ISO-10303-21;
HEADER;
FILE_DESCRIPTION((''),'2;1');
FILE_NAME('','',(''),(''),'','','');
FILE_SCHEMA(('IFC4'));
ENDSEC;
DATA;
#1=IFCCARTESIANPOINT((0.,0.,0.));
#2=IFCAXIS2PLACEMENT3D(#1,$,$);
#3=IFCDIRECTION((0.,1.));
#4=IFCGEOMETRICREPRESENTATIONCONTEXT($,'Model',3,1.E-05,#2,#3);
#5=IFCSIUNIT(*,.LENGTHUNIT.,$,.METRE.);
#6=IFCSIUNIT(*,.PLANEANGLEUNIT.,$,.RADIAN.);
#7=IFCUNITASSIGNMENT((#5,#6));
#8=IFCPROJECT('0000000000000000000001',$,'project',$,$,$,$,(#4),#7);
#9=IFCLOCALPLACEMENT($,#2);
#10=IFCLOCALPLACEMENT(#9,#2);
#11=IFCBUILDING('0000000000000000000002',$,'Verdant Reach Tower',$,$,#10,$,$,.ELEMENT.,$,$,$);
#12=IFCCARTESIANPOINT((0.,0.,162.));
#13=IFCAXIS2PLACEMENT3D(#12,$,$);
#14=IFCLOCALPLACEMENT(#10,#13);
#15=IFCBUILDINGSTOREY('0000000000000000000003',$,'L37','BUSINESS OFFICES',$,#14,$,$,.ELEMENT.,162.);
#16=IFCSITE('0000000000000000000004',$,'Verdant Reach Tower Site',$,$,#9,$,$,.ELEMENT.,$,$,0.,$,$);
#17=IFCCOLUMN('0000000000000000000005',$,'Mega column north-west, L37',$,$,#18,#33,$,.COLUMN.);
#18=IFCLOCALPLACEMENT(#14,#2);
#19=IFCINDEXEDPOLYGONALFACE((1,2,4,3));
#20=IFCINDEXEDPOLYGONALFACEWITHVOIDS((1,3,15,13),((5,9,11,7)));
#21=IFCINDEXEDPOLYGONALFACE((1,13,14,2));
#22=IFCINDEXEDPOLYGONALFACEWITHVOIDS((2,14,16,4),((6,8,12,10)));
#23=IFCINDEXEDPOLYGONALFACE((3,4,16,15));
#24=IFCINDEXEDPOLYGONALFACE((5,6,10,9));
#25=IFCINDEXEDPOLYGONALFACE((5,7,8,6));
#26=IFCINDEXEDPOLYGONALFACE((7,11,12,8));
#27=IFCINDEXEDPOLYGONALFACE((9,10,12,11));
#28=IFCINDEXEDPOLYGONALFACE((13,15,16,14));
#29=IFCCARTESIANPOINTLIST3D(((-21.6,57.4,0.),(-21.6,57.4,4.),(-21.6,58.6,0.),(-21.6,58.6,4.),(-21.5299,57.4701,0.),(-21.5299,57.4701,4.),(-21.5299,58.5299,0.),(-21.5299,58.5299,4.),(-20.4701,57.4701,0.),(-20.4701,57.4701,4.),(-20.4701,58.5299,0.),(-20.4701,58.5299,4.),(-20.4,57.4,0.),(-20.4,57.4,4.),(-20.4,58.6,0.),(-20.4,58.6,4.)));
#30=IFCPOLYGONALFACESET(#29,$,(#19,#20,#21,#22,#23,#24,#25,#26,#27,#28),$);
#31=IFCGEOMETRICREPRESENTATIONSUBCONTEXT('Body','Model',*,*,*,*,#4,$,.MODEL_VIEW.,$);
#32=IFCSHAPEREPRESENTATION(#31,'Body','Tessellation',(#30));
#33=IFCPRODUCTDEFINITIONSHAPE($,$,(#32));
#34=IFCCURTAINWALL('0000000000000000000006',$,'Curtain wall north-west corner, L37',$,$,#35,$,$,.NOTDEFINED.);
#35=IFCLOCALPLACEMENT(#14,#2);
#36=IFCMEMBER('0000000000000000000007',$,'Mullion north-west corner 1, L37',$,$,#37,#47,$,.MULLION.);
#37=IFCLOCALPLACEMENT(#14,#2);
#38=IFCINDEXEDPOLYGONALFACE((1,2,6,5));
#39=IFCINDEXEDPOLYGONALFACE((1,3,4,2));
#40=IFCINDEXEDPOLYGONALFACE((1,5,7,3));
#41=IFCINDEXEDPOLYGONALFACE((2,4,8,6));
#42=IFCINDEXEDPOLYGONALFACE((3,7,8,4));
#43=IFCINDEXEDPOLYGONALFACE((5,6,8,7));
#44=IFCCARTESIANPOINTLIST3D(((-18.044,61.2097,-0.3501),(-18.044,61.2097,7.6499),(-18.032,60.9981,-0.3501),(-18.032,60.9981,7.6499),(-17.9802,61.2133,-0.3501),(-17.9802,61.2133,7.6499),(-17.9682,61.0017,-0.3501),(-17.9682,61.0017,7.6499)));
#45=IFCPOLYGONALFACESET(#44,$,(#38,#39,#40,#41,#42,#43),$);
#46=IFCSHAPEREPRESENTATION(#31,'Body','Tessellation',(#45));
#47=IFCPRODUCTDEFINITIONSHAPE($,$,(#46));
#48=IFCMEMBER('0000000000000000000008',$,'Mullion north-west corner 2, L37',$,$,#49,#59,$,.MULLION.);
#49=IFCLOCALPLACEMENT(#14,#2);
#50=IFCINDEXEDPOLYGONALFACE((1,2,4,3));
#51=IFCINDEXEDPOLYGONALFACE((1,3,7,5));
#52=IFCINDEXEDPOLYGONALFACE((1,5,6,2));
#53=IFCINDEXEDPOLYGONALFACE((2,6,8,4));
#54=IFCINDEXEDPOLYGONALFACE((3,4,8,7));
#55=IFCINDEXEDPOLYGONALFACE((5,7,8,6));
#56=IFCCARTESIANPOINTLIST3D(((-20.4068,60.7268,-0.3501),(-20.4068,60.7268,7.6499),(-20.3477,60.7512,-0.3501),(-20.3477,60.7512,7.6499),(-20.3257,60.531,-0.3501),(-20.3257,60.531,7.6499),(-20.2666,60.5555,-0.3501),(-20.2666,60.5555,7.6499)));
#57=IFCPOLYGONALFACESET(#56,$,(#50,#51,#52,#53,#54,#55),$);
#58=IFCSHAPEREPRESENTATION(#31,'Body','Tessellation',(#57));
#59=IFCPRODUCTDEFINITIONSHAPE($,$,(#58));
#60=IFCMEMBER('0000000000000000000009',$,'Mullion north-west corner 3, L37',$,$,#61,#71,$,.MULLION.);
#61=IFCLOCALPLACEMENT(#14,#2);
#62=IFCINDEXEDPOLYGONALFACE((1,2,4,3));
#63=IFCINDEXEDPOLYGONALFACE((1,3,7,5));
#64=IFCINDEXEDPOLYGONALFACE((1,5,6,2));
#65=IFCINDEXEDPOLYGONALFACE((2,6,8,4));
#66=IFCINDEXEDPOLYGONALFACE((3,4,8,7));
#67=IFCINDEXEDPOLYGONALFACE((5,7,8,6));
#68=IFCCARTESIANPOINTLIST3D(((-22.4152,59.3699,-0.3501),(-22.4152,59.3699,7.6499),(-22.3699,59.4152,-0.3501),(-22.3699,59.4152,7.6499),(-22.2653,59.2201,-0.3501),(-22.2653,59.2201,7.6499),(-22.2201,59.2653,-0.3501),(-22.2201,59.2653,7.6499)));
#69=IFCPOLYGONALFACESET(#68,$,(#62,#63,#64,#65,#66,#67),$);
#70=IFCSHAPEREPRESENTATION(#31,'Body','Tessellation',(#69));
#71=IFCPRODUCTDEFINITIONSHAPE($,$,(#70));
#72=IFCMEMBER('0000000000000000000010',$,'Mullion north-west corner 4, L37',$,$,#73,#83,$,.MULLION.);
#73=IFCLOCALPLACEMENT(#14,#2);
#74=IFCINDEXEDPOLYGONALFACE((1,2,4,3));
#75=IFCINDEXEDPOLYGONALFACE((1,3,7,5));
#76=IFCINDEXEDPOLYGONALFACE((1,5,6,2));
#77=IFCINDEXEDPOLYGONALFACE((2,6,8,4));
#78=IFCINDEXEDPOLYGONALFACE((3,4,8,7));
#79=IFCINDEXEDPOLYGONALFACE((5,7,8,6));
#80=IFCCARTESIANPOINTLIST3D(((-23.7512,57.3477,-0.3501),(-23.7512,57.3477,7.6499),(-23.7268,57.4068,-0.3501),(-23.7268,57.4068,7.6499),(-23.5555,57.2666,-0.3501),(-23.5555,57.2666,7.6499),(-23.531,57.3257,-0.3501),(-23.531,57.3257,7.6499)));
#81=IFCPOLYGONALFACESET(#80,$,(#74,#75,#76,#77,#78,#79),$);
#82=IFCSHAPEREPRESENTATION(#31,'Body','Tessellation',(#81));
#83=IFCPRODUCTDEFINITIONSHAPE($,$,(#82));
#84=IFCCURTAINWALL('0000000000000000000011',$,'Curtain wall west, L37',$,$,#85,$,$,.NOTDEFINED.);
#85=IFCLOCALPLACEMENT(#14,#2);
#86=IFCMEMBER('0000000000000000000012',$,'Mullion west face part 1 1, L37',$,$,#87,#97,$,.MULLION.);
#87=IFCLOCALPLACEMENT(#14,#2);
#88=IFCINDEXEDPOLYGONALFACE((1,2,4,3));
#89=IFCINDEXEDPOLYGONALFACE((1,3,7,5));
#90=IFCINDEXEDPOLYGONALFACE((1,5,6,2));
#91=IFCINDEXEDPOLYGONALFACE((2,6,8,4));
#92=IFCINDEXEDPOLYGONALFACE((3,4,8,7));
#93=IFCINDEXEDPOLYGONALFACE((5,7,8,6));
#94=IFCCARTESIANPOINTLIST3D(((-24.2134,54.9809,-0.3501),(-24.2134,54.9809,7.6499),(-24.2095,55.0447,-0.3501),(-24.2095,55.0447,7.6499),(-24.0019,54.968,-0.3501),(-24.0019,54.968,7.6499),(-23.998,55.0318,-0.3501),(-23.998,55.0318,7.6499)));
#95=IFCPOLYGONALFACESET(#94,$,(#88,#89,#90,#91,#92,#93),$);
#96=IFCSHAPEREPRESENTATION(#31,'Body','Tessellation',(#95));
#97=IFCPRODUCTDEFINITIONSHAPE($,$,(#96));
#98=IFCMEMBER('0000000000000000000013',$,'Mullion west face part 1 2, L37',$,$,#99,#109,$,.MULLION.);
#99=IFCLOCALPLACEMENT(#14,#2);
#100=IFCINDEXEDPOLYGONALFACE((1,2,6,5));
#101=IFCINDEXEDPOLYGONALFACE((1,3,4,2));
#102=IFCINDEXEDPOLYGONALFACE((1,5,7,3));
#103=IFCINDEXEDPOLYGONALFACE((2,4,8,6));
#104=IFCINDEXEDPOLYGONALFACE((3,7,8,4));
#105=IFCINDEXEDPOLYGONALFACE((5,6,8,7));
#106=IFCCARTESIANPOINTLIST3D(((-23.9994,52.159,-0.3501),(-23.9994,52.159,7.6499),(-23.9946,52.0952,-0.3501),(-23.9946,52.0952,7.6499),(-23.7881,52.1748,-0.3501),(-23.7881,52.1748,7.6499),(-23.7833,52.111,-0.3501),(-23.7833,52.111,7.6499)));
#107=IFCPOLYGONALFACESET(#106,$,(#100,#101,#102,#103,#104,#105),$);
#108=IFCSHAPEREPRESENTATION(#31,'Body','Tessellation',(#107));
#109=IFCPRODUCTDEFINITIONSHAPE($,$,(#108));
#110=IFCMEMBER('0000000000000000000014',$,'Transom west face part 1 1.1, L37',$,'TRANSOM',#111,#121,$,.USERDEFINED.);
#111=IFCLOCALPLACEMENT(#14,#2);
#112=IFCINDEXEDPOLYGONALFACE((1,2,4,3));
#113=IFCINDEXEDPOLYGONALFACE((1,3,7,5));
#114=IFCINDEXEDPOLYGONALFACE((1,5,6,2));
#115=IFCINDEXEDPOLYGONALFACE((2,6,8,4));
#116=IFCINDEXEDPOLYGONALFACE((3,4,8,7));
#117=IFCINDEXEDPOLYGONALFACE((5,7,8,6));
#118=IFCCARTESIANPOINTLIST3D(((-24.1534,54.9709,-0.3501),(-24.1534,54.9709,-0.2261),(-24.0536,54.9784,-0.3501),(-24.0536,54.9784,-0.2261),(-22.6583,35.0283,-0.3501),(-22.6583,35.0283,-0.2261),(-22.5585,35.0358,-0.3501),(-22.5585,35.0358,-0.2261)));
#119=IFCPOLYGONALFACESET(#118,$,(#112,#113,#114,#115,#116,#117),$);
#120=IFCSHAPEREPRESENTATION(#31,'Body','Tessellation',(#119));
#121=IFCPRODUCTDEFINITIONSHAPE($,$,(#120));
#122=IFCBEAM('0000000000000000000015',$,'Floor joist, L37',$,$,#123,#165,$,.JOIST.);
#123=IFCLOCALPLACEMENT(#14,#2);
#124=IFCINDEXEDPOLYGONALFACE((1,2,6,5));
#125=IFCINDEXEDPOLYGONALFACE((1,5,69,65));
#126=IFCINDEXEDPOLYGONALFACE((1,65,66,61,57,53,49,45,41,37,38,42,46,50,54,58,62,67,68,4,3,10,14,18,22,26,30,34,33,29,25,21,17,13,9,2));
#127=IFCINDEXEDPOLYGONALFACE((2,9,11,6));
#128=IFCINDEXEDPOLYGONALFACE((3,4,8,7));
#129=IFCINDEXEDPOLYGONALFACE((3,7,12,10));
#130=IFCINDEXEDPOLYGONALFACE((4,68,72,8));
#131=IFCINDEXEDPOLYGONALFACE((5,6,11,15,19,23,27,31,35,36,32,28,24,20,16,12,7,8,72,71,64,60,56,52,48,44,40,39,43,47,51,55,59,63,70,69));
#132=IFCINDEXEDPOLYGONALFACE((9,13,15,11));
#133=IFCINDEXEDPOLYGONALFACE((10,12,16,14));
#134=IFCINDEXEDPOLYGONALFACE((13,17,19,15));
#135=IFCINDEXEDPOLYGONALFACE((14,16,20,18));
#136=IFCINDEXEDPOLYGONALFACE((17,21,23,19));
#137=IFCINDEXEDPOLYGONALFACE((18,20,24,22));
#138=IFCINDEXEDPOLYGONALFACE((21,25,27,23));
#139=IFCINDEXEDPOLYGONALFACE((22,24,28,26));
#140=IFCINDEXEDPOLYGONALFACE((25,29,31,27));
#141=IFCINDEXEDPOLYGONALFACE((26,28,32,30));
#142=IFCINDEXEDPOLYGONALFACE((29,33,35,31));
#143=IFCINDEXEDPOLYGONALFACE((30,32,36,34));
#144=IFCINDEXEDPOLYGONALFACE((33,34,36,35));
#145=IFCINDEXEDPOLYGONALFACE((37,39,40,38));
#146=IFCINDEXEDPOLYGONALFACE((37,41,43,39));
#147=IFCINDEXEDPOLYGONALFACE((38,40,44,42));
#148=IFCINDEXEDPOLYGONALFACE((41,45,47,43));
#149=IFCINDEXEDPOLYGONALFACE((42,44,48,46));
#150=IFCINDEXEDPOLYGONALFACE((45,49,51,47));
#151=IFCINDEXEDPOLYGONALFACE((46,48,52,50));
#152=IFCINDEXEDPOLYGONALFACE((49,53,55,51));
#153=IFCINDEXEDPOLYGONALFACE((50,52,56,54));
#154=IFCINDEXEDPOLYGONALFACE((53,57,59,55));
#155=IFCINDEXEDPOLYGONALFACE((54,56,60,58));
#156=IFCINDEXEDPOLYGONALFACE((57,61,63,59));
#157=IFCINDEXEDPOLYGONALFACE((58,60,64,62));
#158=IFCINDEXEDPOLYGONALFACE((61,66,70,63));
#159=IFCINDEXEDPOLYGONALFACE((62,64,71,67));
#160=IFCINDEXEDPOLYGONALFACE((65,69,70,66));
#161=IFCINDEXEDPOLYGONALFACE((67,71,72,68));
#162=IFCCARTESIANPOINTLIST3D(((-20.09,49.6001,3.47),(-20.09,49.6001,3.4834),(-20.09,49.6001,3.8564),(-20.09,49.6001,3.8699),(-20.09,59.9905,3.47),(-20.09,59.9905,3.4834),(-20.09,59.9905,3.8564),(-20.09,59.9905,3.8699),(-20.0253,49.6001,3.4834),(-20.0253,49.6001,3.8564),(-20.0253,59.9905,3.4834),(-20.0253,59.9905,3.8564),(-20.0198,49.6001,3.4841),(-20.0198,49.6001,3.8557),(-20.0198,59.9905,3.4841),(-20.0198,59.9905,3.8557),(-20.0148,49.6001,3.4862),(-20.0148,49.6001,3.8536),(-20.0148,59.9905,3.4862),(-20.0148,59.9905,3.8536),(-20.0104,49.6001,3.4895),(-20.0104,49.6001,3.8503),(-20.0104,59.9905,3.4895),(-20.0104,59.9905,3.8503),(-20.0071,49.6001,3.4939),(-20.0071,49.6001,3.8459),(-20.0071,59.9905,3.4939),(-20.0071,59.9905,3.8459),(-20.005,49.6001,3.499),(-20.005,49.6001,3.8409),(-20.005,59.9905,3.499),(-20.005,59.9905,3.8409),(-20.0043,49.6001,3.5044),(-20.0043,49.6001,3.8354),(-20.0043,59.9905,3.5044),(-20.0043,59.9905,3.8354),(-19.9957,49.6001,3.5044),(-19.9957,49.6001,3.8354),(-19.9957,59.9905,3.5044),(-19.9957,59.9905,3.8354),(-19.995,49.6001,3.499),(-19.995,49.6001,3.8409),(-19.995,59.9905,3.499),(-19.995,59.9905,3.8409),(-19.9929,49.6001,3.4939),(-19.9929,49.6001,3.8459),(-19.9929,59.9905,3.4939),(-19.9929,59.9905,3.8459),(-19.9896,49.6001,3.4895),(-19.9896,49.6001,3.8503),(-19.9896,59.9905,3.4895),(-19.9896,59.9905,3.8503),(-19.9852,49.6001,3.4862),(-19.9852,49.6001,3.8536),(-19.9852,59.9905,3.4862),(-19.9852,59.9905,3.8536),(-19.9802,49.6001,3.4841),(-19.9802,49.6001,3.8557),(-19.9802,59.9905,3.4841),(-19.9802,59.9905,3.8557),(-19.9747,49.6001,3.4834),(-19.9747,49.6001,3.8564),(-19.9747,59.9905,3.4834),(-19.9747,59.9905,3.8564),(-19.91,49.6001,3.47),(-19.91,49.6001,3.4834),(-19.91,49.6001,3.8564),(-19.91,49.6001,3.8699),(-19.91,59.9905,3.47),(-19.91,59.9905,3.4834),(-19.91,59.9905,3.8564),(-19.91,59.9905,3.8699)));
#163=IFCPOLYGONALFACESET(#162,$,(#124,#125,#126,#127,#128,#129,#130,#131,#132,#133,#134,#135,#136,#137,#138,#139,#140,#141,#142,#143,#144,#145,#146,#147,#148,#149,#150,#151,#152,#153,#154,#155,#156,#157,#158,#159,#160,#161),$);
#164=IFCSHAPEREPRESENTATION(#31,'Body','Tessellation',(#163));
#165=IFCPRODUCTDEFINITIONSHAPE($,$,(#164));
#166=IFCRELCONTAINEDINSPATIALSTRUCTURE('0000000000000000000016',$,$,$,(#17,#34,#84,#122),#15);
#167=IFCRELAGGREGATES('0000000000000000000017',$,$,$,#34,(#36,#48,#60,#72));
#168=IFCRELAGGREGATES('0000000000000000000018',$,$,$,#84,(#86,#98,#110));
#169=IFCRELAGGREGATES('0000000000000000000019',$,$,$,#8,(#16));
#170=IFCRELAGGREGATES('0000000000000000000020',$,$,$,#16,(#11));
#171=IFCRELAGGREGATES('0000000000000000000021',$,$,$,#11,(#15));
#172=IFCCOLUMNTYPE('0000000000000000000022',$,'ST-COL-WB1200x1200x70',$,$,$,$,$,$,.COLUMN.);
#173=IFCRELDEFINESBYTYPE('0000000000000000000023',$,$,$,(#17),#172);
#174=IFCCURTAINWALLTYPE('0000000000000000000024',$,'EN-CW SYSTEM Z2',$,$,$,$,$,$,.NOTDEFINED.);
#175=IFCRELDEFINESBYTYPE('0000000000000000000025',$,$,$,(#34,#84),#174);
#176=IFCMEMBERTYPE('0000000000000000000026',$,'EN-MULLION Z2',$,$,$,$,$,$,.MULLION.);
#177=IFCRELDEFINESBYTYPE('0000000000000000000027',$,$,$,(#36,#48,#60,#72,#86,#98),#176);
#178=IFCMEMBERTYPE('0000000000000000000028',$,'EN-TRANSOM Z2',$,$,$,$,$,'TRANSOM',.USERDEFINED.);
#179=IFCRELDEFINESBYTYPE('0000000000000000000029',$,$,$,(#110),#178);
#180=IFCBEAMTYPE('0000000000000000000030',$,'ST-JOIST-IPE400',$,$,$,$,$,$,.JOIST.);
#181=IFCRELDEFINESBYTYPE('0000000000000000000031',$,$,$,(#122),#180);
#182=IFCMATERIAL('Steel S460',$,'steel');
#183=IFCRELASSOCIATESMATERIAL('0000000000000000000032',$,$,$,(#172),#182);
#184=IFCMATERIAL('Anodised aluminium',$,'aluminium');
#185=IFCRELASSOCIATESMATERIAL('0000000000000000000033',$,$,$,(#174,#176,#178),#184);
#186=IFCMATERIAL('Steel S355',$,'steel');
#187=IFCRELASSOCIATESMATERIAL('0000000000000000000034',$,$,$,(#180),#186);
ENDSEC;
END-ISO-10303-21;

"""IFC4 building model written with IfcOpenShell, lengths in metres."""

from ifc_helpers import new_model, si_unit, direction, frame, origin, origin_2d, place, context, subcontext, project, spatial, rectangle, hollow_rectangle, i_section, extrude, material, material_profile, profile_set, type_object, element, aggregate, save


model = new_model("IFC4")

# Units and contexts
model_context = context("Model", 3, precision=1e-05, world=origin(), true_north=direction((0.0, 1.0)))
body_context = subcontext(model_context, "Body", "Model", "MODEL_VIEW")
ifc_project = project(units=[si_unit("LENGTHUNIT", "METRE"), si_unit("PLANEANGLEUNIT", "RADIAN")], contexts=[model_context])

# Site, building, storey
site_placement = place(None, origin())
site = spatial("IfcSite", under=ifc_project, at=site_placement, Name="Verdant Reach Tower Site", CompositionType="ELEMENT", RefElevation=0.0)
building_placement = place(site_placement, origin())
building = spatial("IfcBuilding", under=site, at=building_placement, Name="Verdant Reach Tower", CompositionType="ELEMENT")
storey_placement = place(building_placement, frame((0.0, 0.0, 162.0)))
storey = spatial("IfcBuildingStorey", under=building, at=storey_placement, Name="L37", Description="BUSINESS OFFICES", CompositionType="ELEMENT", Elevation=162.0)

# Column
ifc_material_1 = material(Name="Steel S460", Category="steel")
ifc_material_profile_1 = material_profile(ifc_material_1, hollow_rectangle(XDim=1.2, YDim=1.2, WallThickness=0.0701, at=origin_2d()), Name="WB 1200x1200x70")
ifc_profile_set_1 = profile_set([ifc_material_profile_1], Name="Steel S460")
column_type = type_object("IfcColumnType", Name="ST-COL-WB1200x1200x70", PredefinedType="COLUMN", material=ifc_profile_set_1)
column_placement = place(storey_placement, frame((-21.0, 58.0, 0.0), z_axis=(0.0, 0.0, 1.0), x_axis=(1.0, 0.0, 0.0)))
element("IfcColumn", 1, at=column_placement, inside=storey, type_object=column_type, Name="Mega column north-west, L37", PredefinedType="COLUMN", context=body_context, shape_type="SweptSolid", body=[
    extrude(hollow_rectangle(XDim=1.2, YDim=1.2, WallThickness=0.0701, at=origin_2d()), origin(), (0.0, 0.0, 1.0), 4.0),
])

# Curtain walls, members
ifc_material_2 = material(Name="Anodised aluminium", Category="aluminium")
curtain_wall_type = type_object("IfcCurtainWallType", Name="EN-CW SYSTEM Z2", PredefinedType="NOTDEFINED", material=ifc_material_2)
curtain_wall_1_placement = place(storey_placement, origin())
curtain_wall_1 = element("IfcCurtainWall", 2, at=curtain_wall_1_placement, inside=storey, type_object=curtain_wall_type, Name="Curtain wall north-west corner, L37", PredefinedType="NOTDEFINED")
ifc_material_profile_2 = material_profile(ifc_material_2, rectangle(XDim=0.2119, YDim=0.064, at=origin_2d()), Name="Mullion 64x212")
ifc_profile_set_2 = profile_set([ifc_material_profile_2], Name="Anodised aluminium")
member_type_1 = type_object("IfcMemberType", Name="EN-MULLION Z2", PredefinedType="MULLION", material=ifc_profile_set_2)
member_1_placement = place(storey_placement, frame((-18.0061, 61.1057, -0.3501), z_axis=(0.0, 0.0, 1.0), x_axis=(-0.056569, 0.998399, 0.0)))
member_1 = element("IfcMember", 3, at=member_1_placement, type_object=member_type_1, Name="Mullion north-west corner 1, L37", PredefinedType="MULLION", context=body_context, shape_type="SweptSolid", body=[
    extrude(rectangle(XDim=0.2119, YDim=0.064, at=origin_2d()), origin(), (0.0, 0.0, 1.0), 8.0),
])
member_2_placement = place(storey_placement, frame((-20.3367, 60.6411, -0.3501), z_axis=(0.0, 0.0, 1.0), x_axis=(-0.382694, 0.923875, 0.0)))
member_2 = element("IfcMember", 4, at=member_2_placement, type_object=member_type_1, Name="Mullion north-west corner 2, L37", PredefinedType="MULLION", context=body_context, shape_type="SweptSolid", body=[
    extrude(rectangle(XDim=0.2119, YDim=0.064, at=origin_2d()), origin(), (0.0, 0.0, 1.0), 8.0),
])
member_3_placement = place(storey_placement, frame((-22.3176, 59.3176, -0.3501), z_axis=(0.0, 0.0, 1.0), x_axis=(-0.707107, 0.707107, 0.0)))
member_3 = element("IfcMember", 5, at=member_3_placement, type_object=member_type_1, Name="Mullion north-west corner 3, L37", PredefinedType="MULLION", context=body_context, shape_type="SweptSolid", body=[
    extrude(rectangle(XDim=0.2119, YDim=0.064, at=origin_2d()), origin(), (0.0, 0.0, 1.0), 8.0),
])
member_4_placement = place(storey_placement, frame((-23.6411, 57.3367, -0.3501), z_axis=(0.0, 0.0, 1.0), x_axis=(-0.923875, 0.382694, 0.0)))
member_4 = element("IfcMember", 6, at=member_4_placement, type_object=member_type_1, Name="Mullion north-west corner 4, L37", PredefinedType="MULLION", context=body_context, shape_type="SweptSolid", body=[
    extrude(rectangle(XDim=0.2119, YDim=0.064, at=origin_2d()), origin(), (0.0, 0.0, 1.0), 8.0),
])
curtain_wall_2_placement = place(storey_placement, origin())
curtain_wall_2 = element("IfcCurtainWall", 7, at=curtain_wall_2_placement, inside=storey, type_object=curtain_wall_type, Name="Curtain wall west, L37", PredefinedType="NOTDEFINED")
member_5_placement = place(storey_placement, frame((-24.1057, 55.0063, -0.3501), z_axis=(0.0, 0.0, 1.0), x_axis=(-0.998156, 0.060703, 0.0)))
member_5 = element("IfcMember", 8, at=member_5_placement, type_object=member_type_1, Name="Mullion west face part 1 1, L37", PredefinedType="MULLION", context=body_context, shape_type="SweptSolid", body=[
    extrude(rectangle(XDim=0.2119, YDim=0.064, at=origin_2d()), origin(), (0.0, 0.0, 1.0), 8.0),
])
member_6_placement = place(storey_placement, frame((-23.8914, 52.135, -0.3501), z_axis=(0.0, 0.0, 1.0), x_axis=(-0.997199, -0.07479, 0.0)))
member_6 = element("IfcMember", 9, at=member_6_placement, type_object=member_type_1, Name="Mullion west face part 1 2, L37", PredefinedType="MULLION", context=body_context, shape_type="SweptSolid", body=[
    extrude(rectangle(XDim=0.2119, YDim=0.064, at=origin_2d()), origin(), (0.0, 0.0, 1.0), 8.0),
])
ifc_material_profile_3 = material_profile(ifc_material_2, rectangle(XDim=0.1001, YDim=0.124, at=origin_2d()), Name="Transom 124x100")
ifc_profile_set_3 = profile_set([ifc_material_profile_3], Name="Anodised aluminium")
member_type_2 = type_object("IfcMemberType", Name="EN-TRANSOM Z2", ElementType="TRANSOM", PredefinedType="USERDEFINED", material=ifc_profile_set_3)
member_7_placement = place(storey_placement, frame((-24.1035, 54.9746, -0.2881), z_axis=(0.074761, -0.997201, 0.0), x_axis=(0.997201, 0.074761, 0.0)))
member_7 = element("IfcMember", 10, at=member_7_placement, type_object=member_type_2, Name="Transom west face part 1 1.1, L37", ObjectType="TRANSOM", PredefinedType="USERDEFINED", context=body_context, shape_type="SweptSolid", body=[
    extrude(rectangle(XDim=0.1001, YDim=0.124, at=origin_2d()), origin(), (0.0, 0.0, 1.0), 19.9985),
])

# Beam
ifc_material_3 = material(Name="Steel S355", Category="steel")
ifc_material_profile_4 = material_profile(ifc_material_3, i_section(OverallWidth=0.1799, OverallDepth=0.3999, WebThickness=0.0085, FlangeThickness=0.0134, FilletRadius=0.021, at=origin_2d()), Name="IPE 400")
ifc_profile_set_4 = profile_set([ifc_material_profile_4], Name="Steel S355")
beam_type_1 = type_object("IfcBeamType", Name="ST-JOIST-IPE400", PredefinedType="JOIST", material=ifc_profile_set_4)
beam_1_placement = place(storey_placement, frame((-20.0, 49.6001, 3.6699), z_axis=(0.0, 1.0, 0.0), x_axis=(-1.0, 0.0, 0.0)))
element("IfcBeam", 11, at=beam_1_placement, inside=storey, type_object=beam_type_1, Name="Floor joist, L37", PredefinedType="JOIST", context=body_context, shape_type="SweptSolid", body=[
    extrude(i_section(OverallWidth=0.1799, OverallDepth=0.3999, WebThickness=0.0085, FlangeThickness=0.0134, FilletRadius=0.021, at=origin_2d()), origin(), (0.0, 0.0, 1.0), 10.3904),
])

aggregate(curtain_wall_1, [member_1, member_2, member_3, member_4])
aggregate(curtain_wall_2, [member_5, member_6, member_7])

save(model, "model.ifc")
